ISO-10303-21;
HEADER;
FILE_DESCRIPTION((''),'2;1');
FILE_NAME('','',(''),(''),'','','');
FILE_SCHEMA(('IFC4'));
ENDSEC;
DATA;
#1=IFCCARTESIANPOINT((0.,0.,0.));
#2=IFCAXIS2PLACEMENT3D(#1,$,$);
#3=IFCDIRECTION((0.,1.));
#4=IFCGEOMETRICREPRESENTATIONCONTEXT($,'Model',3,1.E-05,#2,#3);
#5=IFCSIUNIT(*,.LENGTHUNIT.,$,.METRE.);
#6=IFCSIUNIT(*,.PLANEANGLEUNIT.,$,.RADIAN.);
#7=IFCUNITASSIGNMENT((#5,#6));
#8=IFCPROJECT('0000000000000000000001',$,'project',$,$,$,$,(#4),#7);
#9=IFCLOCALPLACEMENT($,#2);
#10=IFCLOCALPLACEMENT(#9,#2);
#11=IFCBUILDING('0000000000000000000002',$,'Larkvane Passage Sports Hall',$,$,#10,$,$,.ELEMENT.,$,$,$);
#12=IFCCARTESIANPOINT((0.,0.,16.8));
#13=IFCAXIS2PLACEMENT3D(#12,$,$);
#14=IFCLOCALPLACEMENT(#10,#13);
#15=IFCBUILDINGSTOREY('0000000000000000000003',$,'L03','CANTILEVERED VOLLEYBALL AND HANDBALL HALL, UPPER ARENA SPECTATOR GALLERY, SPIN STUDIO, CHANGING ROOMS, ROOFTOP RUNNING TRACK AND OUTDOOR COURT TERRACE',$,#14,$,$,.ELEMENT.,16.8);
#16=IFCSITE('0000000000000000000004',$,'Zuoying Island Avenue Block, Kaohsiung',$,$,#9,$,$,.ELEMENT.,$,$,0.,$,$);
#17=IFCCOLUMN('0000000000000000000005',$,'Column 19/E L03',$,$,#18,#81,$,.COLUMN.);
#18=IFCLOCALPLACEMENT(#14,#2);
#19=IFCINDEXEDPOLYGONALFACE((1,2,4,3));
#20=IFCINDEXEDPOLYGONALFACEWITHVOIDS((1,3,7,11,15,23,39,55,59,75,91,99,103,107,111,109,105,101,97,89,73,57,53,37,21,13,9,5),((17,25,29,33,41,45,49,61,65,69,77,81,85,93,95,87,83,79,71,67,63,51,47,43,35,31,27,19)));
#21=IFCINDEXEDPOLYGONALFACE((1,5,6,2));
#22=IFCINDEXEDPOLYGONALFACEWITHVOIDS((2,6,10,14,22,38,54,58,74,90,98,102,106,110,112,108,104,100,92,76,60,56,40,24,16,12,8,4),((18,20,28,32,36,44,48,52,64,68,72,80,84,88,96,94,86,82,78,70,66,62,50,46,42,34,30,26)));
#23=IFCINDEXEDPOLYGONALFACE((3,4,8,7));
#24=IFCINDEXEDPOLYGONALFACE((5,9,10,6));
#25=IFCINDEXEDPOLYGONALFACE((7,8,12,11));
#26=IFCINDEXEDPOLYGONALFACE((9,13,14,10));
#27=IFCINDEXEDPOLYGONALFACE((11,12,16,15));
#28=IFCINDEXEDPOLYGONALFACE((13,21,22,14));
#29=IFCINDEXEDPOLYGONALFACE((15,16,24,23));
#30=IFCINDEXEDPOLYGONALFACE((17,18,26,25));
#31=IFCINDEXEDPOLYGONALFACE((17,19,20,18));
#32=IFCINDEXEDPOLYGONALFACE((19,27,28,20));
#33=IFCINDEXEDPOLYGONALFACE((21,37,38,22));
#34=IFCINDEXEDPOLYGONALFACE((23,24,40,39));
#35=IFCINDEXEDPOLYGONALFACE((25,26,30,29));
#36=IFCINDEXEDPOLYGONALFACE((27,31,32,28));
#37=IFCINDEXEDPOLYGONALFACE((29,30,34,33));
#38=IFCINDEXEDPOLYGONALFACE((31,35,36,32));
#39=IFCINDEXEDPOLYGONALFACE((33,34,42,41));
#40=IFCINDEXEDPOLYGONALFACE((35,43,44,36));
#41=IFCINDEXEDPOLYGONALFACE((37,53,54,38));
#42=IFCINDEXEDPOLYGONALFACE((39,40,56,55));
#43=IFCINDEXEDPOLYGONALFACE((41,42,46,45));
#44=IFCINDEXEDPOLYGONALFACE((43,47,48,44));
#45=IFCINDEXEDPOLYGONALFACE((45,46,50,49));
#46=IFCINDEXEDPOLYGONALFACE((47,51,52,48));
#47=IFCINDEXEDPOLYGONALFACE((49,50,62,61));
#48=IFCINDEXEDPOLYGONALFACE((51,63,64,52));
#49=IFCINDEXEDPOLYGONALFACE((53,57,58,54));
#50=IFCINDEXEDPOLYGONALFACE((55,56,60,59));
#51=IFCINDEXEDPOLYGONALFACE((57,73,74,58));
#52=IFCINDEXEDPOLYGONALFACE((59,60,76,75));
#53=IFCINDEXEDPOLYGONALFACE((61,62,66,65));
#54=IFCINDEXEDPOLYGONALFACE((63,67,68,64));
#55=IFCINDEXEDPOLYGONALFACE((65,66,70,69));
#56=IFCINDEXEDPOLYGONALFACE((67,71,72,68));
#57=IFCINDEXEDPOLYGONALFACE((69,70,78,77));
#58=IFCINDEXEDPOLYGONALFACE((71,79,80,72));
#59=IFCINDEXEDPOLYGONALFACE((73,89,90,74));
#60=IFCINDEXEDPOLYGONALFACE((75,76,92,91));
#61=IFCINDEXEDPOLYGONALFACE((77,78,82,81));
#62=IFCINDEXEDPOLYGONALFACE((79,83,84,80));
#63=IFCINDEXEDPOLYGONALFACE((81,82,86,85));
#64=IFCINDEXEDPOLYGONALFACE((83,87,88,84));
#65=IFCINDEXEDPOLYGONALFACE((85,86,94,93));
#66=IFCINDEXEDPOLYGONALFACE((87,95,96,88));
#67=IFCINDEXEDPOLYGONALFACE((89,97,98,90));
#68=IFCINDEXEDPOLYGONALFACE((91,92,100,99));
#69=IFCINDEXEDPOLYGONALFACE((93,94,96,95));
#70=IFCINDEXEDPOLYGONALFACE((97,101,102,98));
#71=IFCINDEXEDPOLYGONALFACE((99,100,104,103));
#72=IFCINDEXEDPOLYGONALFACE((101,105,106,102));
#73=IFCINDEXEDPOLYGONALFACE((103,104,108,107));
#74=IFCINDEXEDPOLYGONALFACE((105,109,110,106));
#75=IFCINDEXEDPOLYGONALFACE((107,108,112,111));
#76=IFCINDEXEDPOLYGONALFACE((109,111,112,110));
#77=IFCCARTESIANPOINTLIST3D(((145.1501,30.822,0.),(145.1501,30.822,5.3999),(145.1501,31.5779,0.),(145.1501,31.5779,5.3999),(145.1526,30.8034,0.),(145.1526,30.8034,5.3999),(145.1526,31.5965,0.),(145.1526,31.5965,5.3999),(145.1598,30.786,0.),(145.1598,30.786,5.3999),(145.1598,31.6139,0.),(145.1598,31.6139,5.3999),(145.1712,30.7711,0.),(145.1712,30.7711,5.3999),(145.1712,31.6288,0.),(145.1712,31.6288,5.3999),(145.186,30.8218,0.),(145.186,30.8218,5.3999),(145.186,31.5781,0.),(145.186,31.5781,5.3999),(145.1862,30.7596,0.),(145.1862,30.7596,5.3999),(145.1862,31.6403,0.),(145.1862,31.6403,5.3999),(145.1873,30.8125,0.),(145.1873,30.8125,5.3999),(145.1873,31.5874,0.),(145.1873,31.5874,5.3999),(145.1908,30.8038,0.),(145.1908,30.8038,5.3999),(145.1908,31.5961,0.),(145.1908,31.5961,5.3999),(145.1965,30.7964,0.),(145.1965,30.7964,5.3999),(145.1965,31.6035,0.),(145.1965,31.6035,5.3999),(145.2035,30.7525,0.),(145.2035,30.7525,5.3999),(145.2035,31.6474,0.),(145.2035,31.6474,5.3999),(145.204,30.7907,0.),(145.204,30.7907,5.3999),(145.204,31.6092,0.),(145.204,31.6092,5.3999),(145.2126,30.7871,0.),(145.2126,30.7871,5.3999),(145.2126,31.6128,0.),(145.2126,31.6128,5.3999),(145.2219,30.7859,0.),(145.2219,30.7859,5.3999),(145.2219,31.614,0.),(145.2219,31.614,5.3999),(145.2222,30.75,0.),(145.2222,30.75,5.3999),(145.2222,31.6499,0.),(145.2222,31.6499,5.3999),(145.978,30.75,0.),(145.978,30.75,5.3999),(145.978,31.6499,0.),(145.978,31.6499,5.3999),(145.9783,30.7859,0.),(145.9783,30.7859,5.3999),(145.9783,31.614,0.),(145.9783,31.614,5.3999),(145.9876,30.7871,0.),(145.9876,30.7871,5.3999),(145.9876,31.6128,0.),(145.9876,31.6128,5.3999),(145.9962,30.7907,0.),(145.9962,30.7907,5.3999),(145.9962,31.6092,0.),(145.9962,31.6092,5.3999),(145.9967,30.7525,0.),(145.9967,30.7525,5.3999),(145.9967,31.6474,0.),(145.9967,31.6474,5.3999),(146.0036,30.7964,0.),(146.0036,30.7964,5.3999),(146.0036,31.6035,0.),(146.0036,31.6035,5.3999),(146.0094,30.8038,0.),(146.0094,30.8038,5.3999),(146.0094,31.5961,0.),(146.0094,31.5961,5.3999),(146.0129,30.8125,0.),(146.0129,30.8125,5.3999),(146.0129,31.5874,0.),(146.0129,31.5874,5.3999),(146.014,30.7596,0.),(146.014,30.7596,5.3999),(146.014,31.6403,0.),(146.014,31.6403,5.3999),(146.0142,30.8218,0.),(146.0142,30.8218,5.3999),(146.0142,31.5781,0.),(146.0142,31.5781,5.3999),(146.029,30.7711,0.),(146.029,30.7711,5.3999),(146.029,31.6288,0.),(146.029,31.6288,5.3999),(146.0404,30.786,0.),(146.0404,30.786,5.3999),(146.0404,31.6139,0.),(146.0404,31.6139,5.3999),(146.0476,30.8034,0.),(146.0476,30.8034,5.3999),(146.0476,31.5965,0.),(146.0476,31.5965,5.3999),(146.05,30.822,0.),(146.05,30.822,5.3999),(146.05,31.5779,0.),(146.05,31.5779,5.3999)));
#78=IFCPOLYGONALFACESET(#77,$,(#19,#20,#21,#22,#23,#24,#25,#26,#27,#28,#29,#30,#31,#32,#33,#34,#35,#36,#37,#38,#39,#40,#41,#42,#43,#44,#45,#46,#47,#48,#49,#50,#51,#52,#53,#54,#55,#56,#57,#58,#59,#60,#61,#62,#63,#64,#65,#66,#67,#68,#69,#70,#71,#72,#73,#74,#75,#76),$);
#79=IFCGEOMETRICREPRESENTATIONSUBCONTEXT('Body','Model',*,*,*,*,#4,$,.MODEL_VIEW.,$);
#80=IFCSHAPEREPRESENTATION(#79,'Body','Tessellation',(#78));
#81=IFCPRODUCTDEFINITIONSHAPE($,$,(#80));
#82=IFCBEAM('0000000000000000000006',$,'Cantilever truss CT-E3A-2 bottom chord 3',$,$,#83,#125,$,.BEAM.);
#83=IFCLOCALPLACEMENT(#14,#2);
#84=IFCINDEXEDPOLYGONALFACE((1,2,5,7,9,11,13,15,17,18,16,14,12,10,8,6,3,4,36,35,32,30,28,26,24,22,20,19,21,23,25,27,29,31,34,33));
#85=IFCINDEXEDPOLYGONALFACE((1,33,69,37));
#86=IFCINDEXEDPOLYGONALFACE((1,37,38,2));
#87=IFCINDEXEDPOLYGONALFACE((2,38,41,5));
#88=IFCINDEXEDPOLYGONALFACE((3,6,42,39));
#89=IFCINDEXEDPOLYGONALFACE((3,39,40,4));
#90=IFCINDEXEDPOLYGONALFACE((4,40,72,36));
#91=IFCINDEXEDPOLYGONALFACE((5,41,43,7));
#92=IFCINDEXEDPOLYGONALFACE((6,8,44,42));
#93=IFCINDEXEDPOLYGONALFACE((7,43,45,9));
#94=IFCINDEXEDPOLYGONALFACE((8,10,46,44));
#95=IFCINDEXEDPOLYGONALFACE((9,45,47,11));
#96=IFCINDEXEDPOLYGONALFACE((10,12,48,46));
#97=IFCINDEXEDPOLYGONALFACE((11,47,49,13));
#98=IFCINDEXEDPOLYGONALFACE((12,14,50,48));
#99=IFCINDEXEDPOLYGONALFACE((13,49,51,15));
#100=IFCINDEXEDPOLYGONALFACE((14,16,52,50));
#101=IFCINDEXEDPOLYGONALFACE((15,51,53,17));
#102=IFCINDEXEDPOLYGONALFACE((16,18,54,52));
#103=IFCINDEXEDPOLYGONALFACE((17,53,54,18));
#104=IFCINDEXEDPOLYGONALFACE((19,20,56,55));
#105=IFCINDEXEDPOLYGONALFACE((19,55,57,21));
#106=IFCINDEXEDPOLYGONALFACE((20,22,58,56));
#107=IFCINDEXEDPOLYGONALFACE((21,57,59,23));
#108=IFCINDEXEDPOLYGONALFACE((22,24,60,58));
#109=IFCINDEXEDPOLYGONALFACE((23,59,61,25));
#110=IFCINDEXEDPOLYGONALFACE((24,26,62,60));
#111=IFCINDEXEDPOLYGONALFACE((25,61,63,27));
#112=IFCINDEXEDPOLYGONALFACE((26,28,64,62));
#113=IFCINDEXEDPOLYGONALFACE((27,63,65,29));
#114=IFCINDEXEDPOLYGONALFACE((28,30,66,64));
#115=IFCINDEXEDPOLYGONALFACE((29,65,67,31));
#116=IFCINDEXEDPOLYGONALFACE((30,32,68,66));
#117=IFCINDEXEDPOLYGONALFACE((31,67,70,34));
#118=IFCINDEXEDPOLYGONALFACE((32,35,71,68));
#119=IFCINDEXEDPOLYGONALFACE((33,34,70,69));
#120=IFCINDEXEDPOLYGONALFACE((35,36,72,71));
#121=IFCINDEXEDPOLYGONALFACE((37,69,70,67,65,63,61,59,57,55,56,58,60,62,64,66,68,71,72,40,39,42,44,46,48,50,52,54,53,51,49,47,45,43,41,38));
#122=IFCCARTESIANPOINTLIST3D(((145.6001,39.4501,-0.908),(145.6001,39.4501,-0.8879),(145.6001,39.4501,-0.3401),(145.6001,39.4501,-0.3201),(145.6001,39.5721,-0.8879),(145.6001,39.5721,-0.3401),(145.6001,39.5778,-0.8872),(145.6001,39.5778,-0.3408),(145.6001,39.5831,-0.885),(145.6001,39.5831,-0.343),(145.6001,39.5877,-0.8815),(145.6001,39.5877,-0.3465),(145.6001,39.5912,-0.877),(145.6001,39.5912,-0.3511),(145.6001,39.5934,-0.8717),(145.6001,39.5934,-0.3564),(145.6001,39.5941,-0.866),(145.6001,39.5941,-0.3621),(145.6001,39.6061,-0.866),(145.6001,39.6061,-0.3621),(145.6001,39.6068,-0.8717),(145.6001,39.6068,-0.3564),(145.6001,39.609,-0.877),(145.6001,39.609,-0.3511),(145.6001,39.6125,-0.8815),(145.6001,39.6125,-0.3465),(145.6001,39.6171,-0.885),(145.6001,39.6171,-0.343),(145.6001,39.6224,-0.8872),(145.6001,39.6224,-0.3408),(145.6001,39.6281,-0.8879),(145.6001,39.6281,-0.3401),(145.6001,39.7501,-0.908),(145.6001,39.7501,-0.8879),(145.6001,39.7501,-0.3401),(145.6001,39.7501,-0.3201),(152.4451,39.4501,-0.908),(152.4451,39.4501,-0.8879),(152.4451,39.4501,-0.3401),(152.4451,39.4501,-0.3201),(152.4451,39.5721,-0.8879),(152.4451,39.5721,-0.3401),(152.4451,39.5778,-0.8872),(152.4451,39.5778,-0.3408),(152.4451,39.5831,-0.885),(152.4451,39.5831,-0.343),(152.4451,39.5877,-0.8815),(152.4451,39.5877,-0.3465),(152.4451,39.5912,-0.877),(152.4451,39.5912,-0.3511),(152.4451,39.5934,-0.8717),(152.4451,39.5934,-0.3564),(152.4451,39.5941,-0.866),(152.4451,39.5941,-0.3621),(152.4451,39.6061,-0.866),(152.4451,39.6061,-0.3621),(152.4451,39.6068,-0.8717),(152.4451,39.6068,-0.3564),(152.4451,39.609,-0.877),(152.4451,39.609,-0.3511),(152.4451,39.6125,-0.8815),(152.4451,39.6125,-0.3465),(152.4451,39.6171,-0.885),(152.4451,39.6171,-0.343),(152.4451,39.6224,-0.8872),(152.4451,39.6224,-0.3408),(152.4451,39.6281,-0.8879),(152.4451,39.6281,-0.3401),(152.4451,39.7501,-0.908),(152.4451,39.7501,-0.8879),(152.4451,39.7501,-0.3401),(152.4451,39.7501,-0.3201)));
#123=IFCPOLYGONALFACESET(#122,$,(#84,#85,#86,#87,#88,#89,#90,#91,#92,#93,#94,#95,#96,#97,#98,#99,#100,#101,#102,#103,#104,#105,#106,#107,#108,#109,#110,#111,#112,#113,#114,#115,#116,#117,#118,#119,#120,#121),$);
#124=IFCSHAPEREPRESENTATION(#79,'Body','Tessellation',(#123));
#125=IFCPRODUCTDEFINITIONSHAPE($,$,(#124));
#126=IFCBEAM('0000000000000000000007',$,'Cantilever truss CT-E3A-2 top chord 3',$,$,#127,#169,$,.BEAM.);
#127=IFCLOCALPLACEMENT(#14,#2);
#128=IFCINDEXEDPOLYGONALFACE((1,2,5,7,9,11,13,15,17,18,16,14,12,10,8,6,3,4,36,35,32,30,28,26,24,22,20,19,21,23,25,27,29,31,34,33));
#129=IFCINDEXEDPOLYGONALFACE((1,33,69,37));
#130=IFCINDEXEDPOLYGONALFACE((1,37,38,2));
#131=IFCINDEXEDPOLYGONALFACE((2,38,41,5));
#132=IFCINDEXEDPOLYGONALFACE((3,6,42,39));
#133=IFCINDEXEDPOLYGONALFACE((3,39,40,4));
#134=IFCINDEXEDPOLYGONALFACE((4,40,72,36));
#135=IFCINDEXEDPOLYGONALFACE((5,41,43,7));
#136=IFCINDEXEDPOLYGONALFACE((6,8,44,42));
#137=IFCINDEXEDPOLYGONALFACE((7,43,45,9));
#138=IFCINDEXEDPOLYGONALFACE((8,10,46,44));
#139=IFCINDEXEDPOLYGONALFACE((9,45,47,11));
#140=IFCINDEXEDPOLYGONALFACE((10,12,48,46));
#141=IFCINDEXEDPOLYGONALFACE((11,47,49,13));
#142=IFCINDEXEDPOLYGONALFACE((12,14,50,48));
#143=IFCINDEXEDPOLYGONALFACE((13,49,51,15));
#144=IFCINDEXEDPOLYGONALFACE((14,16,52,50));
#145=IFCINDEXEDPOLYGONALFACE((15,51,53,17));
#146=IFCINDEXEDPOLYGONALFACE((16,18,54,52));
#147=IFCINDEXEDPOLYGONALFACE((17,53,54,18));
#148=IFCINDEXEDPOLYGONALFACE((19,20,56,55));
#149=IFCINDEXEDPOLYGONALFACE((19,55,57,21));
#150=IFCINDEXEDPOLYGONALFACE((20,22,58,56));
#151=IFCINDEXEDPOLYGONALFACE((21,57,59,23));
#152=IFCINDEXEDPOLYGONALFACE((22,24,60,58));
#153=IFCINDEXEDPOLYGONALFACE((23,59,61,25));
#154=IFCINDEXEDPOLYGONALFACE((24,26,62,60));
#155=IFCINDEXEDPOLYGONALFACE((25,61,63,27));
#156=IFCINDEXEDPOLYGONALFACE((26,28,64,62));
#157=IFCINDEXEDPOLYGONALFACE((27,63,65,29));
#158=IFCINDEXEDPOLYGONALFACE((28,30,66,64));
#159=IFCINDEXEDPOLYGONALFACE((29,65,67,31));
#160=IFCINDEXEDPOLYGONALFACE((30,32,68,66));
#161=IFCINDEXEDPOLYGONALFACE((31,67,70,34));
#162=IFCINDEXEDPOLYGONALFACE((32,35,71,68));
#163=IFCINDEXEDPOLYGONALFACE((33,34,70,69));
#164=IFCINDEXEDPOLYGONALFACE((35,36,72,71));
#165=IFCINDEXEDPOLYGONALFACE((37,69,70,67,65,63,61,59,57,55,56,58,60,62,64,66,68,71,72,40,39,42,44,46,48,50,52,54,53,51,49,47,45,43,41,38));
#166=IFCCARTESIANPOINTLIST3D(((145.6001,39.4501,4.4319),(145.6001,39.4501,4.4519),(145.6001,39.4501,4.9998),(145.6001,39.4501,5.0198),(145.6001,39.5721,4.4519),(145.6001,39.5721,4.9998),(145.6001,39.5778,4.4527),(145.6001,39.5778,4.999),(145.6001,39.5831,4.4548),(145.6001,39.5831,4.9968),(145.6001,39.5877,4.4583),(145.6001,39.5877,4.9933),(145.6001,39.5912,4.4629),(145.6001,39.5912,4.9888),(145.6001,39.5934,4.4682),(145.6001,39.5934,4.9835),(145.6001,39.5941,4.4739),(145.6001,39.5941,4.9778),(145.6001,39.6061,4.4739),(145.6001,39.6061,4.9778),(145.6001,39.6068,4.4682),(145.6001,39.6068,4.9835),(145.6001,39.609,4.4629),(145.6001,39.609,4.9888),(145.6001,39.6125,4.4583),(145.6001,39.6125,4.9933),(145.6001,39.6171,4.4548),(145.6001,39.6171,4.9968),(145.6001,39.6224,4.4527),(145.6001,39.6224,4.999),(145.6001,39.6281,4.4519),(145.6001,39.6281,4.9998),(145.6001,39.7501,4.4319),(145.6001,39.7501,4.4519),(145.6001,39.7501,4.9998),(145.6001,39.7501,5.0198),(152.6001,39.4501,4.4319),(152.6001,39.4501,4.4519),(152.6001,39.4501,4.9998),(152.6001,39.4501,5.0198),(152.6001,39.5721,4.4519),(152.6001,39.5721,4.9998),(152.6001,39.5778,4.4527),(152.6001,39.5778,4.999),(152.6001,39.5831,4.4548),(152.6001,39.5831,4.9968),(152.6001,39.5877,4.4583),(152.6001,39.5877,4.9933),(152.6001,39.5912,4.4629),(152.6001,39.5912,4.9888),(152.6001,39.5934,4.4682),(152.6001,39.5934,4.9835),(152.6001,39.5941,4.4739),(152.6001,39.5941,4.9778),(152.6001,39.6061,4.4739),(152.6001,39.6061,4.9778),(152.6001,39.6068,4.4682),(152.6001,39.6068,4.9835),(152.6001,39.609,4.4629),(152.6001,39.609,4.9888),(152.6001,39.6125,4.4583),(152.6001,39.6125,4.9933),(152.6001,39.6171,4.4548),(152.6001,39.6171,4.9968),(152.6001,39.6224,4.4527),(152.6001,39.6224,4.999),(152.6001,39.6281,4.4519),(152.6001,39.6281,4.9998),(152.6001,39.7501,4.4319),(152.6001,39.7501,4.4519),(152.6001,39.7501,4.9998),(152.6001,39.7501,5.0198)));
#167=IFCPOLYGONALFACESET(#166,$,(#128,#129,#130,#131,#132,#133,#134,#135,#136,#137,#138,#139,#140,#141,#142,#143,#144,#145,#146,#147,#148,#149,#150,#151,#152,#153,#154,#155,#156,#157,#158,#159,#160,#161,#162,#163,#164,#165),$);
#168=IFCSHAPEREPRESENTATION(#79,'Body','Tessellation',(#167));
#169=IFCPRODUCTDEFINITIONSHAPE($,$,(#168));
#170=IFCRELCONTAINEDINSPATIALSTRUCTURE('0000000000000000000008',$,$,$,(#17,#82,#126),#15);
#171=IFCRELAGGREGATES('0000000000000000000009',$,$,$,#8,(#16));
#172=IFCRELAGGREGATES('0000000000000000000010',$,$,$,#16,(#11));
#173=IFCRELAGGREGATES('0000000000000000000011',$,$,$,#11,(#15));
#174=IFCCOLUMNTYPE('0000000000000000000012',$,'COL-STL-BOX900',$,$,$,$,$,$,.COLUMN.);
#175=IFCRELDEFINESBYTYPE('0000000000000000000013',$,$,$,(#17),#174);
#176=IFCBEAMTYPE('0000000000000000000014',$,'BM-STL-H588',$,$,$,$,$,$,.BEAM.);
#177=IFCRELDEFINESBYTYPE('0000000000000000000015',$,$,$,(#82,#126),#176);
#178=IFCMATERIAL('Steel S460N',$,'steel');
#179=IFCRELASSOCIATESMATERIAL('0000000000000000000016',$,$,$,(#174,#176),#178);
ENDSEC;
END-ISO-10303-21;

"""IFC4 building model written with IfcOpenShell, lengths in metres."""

from ifc_helpers import new_model, si_unit, direction, frame, origin, origin_2d, place, context, subcontext, project, spatial, hollow_rectangle, i_section, extrude, material, material_profile, profile_set, type_object, element, save


model = new_model("IFC4")

# Units and contexts
model_context = context("Model", 3, precision=1e-05, world=origin(), true_north=direction((0.0, 1.0)))
body_context = subcontext(model_context, "Body", "Model", "MODEL_VIEW")
ifc_project = project(units=[si_unit("LENGTHUNIT", "METRE"), si_unit("PLANEANGLEUNIT", "RADIAN")], contexts=[model_context])

# Site, building, storey
site_placement = place(None, origin())
site = spatial("IfcSite", under=ifc_project, at=site_placement, Name="Zuoying Island Avenue Block, Kaohsiung", CompositionType="ELEMENT", RefElevation=0.0)
building_placement = place(site_placement, origin())
building = spatial("IfcBuilding", under=site, at=building_placement, Name="Larkvane Passage Sports Hall", CompositionType="ELEMENT")
storey_placement = place(building_placement, frame((0.0, 0.0, 16.8)))
storey = spatial("IfcBuildingStorey", under=building, at=storey_placement, Name="L03", Description="CANTILEVERED VOLLEYBALL AND HANDBALL HALL, UPPER ARENA SPECTATOR GALLERY, SPIN STUDIO, CHANGING ROOMS, ROOFTOP RUNNING TRACK AND OUTDOOR COURT TERRACE", CompositionType="ELEMENT", Elevation=16.8)

# Column
ifc_material_1 = material(Name="Steel S460N", Category="steel")
ifc_material_profile_1 = material_profile(ifc_material_1, hollow_rectangle(XDim=0.8999, YDim=0.8999, WallThickness=0.0359, InnerFilletRadius=0.0359, OuterFilletRadius=0.072, at=origin_2d()), Name="BOX-900x900x36")
ifc_profile_set_1 = profile_set([ifc_material_profile_1], Name="Steel S460N")
column_type_1 = type_object("IfcColumnType", Name="COL-STL-BOX900", PredefinedType="COLUMN", material=ifc_profile_set_1)
column_placement = place(storey_placement, frame((145.6001, 31.2, 0.0), z_axis=(0.0, 0.0, 1.0), x_axis=(1.0, 0.0, 0.0)))
element("IfcColumn", 1, at=column_placement, inside=storey, type_object=column_type_1, Name="Column 19/E L03", PredefinedType="COLUMN", context=body_context, shape_type="SweptSolid", body=[
    extrude(hollow_rectangle(XDim=0.8999, YDim=0.8999, WallThickness=0.0359, InnerFilletRadius=0.0359, OuterFilletRadius=0.072, at=origin_2d()), origin(), (0.0, 0.0, 1.0), 5.3999),
])

# Beams
ifc_material_profile_2 = material_profile(ifc_material_1, i_section(OverallWidth=0.3, OverallDepth=0.5879, WebThickness=0.012, FlangeThickness=0.02, FilletRadius=0.022, at=origin_2d()), Name="H-588x300x12x20")
ifc_profile_set_2 = profile_set([ifc_material_profile_2], Name="Steel S460N")
beam_type_1 = type_object("IfcBeamType", Name="BM-STL-H588", PredefinedType="BEAM", material=ifc_profile_set_2)
beam_1_placement = place(storey_placement, frame((145.6001, 39.6001, -0.614), z_axis=(1.0, 0.0, 0.0), x_axis=(0.0, 1.0, 0.0)))
element("IfcBeam", 2, at=beam_1_placement, inside=storey, type_object=beam_type_1, Name="Cantilever truss CT-E3A-2 bottom chord 3", PredefinedType="BEAM", context=body_context, shape_type="SweptSolid", body=[
    extrude(i_section(OverallWidth=0.3, OverallDepth=0.5879, WebThickness=0.012, FlangeThickness=0.02, FilletRadius=0.022, at=origin_2d()), origin(), (0.0, 0.0, 1.0), 6.845),
])
beam_2_placement = place(storey_placement, frame((145.6001, 39.6001, 4.7258), z_axis=(1.0, 0.0, 0.0), x_axis=(0.0, 1.0, 0.0)))
element("IfcBeam", 3, at=beam_2_placement, inside=storey, type_object=beam_type_1, Name="Cantilever truss CT-E3A-2 top chord 3", PredefinedType="BEAM", context=body_context, shape_type="SweptSolid", body=[
    extrude(i_section(OverallWidth=0.3, OverallDepth=0.5879, WebThickness=0.012, FlangeThickness=0.02, FilletRadius=0.022, at=origin_2d()), origin(), (0.0, 0.0, 1.0), 7.0),
])

save(model, "model.ifc")
